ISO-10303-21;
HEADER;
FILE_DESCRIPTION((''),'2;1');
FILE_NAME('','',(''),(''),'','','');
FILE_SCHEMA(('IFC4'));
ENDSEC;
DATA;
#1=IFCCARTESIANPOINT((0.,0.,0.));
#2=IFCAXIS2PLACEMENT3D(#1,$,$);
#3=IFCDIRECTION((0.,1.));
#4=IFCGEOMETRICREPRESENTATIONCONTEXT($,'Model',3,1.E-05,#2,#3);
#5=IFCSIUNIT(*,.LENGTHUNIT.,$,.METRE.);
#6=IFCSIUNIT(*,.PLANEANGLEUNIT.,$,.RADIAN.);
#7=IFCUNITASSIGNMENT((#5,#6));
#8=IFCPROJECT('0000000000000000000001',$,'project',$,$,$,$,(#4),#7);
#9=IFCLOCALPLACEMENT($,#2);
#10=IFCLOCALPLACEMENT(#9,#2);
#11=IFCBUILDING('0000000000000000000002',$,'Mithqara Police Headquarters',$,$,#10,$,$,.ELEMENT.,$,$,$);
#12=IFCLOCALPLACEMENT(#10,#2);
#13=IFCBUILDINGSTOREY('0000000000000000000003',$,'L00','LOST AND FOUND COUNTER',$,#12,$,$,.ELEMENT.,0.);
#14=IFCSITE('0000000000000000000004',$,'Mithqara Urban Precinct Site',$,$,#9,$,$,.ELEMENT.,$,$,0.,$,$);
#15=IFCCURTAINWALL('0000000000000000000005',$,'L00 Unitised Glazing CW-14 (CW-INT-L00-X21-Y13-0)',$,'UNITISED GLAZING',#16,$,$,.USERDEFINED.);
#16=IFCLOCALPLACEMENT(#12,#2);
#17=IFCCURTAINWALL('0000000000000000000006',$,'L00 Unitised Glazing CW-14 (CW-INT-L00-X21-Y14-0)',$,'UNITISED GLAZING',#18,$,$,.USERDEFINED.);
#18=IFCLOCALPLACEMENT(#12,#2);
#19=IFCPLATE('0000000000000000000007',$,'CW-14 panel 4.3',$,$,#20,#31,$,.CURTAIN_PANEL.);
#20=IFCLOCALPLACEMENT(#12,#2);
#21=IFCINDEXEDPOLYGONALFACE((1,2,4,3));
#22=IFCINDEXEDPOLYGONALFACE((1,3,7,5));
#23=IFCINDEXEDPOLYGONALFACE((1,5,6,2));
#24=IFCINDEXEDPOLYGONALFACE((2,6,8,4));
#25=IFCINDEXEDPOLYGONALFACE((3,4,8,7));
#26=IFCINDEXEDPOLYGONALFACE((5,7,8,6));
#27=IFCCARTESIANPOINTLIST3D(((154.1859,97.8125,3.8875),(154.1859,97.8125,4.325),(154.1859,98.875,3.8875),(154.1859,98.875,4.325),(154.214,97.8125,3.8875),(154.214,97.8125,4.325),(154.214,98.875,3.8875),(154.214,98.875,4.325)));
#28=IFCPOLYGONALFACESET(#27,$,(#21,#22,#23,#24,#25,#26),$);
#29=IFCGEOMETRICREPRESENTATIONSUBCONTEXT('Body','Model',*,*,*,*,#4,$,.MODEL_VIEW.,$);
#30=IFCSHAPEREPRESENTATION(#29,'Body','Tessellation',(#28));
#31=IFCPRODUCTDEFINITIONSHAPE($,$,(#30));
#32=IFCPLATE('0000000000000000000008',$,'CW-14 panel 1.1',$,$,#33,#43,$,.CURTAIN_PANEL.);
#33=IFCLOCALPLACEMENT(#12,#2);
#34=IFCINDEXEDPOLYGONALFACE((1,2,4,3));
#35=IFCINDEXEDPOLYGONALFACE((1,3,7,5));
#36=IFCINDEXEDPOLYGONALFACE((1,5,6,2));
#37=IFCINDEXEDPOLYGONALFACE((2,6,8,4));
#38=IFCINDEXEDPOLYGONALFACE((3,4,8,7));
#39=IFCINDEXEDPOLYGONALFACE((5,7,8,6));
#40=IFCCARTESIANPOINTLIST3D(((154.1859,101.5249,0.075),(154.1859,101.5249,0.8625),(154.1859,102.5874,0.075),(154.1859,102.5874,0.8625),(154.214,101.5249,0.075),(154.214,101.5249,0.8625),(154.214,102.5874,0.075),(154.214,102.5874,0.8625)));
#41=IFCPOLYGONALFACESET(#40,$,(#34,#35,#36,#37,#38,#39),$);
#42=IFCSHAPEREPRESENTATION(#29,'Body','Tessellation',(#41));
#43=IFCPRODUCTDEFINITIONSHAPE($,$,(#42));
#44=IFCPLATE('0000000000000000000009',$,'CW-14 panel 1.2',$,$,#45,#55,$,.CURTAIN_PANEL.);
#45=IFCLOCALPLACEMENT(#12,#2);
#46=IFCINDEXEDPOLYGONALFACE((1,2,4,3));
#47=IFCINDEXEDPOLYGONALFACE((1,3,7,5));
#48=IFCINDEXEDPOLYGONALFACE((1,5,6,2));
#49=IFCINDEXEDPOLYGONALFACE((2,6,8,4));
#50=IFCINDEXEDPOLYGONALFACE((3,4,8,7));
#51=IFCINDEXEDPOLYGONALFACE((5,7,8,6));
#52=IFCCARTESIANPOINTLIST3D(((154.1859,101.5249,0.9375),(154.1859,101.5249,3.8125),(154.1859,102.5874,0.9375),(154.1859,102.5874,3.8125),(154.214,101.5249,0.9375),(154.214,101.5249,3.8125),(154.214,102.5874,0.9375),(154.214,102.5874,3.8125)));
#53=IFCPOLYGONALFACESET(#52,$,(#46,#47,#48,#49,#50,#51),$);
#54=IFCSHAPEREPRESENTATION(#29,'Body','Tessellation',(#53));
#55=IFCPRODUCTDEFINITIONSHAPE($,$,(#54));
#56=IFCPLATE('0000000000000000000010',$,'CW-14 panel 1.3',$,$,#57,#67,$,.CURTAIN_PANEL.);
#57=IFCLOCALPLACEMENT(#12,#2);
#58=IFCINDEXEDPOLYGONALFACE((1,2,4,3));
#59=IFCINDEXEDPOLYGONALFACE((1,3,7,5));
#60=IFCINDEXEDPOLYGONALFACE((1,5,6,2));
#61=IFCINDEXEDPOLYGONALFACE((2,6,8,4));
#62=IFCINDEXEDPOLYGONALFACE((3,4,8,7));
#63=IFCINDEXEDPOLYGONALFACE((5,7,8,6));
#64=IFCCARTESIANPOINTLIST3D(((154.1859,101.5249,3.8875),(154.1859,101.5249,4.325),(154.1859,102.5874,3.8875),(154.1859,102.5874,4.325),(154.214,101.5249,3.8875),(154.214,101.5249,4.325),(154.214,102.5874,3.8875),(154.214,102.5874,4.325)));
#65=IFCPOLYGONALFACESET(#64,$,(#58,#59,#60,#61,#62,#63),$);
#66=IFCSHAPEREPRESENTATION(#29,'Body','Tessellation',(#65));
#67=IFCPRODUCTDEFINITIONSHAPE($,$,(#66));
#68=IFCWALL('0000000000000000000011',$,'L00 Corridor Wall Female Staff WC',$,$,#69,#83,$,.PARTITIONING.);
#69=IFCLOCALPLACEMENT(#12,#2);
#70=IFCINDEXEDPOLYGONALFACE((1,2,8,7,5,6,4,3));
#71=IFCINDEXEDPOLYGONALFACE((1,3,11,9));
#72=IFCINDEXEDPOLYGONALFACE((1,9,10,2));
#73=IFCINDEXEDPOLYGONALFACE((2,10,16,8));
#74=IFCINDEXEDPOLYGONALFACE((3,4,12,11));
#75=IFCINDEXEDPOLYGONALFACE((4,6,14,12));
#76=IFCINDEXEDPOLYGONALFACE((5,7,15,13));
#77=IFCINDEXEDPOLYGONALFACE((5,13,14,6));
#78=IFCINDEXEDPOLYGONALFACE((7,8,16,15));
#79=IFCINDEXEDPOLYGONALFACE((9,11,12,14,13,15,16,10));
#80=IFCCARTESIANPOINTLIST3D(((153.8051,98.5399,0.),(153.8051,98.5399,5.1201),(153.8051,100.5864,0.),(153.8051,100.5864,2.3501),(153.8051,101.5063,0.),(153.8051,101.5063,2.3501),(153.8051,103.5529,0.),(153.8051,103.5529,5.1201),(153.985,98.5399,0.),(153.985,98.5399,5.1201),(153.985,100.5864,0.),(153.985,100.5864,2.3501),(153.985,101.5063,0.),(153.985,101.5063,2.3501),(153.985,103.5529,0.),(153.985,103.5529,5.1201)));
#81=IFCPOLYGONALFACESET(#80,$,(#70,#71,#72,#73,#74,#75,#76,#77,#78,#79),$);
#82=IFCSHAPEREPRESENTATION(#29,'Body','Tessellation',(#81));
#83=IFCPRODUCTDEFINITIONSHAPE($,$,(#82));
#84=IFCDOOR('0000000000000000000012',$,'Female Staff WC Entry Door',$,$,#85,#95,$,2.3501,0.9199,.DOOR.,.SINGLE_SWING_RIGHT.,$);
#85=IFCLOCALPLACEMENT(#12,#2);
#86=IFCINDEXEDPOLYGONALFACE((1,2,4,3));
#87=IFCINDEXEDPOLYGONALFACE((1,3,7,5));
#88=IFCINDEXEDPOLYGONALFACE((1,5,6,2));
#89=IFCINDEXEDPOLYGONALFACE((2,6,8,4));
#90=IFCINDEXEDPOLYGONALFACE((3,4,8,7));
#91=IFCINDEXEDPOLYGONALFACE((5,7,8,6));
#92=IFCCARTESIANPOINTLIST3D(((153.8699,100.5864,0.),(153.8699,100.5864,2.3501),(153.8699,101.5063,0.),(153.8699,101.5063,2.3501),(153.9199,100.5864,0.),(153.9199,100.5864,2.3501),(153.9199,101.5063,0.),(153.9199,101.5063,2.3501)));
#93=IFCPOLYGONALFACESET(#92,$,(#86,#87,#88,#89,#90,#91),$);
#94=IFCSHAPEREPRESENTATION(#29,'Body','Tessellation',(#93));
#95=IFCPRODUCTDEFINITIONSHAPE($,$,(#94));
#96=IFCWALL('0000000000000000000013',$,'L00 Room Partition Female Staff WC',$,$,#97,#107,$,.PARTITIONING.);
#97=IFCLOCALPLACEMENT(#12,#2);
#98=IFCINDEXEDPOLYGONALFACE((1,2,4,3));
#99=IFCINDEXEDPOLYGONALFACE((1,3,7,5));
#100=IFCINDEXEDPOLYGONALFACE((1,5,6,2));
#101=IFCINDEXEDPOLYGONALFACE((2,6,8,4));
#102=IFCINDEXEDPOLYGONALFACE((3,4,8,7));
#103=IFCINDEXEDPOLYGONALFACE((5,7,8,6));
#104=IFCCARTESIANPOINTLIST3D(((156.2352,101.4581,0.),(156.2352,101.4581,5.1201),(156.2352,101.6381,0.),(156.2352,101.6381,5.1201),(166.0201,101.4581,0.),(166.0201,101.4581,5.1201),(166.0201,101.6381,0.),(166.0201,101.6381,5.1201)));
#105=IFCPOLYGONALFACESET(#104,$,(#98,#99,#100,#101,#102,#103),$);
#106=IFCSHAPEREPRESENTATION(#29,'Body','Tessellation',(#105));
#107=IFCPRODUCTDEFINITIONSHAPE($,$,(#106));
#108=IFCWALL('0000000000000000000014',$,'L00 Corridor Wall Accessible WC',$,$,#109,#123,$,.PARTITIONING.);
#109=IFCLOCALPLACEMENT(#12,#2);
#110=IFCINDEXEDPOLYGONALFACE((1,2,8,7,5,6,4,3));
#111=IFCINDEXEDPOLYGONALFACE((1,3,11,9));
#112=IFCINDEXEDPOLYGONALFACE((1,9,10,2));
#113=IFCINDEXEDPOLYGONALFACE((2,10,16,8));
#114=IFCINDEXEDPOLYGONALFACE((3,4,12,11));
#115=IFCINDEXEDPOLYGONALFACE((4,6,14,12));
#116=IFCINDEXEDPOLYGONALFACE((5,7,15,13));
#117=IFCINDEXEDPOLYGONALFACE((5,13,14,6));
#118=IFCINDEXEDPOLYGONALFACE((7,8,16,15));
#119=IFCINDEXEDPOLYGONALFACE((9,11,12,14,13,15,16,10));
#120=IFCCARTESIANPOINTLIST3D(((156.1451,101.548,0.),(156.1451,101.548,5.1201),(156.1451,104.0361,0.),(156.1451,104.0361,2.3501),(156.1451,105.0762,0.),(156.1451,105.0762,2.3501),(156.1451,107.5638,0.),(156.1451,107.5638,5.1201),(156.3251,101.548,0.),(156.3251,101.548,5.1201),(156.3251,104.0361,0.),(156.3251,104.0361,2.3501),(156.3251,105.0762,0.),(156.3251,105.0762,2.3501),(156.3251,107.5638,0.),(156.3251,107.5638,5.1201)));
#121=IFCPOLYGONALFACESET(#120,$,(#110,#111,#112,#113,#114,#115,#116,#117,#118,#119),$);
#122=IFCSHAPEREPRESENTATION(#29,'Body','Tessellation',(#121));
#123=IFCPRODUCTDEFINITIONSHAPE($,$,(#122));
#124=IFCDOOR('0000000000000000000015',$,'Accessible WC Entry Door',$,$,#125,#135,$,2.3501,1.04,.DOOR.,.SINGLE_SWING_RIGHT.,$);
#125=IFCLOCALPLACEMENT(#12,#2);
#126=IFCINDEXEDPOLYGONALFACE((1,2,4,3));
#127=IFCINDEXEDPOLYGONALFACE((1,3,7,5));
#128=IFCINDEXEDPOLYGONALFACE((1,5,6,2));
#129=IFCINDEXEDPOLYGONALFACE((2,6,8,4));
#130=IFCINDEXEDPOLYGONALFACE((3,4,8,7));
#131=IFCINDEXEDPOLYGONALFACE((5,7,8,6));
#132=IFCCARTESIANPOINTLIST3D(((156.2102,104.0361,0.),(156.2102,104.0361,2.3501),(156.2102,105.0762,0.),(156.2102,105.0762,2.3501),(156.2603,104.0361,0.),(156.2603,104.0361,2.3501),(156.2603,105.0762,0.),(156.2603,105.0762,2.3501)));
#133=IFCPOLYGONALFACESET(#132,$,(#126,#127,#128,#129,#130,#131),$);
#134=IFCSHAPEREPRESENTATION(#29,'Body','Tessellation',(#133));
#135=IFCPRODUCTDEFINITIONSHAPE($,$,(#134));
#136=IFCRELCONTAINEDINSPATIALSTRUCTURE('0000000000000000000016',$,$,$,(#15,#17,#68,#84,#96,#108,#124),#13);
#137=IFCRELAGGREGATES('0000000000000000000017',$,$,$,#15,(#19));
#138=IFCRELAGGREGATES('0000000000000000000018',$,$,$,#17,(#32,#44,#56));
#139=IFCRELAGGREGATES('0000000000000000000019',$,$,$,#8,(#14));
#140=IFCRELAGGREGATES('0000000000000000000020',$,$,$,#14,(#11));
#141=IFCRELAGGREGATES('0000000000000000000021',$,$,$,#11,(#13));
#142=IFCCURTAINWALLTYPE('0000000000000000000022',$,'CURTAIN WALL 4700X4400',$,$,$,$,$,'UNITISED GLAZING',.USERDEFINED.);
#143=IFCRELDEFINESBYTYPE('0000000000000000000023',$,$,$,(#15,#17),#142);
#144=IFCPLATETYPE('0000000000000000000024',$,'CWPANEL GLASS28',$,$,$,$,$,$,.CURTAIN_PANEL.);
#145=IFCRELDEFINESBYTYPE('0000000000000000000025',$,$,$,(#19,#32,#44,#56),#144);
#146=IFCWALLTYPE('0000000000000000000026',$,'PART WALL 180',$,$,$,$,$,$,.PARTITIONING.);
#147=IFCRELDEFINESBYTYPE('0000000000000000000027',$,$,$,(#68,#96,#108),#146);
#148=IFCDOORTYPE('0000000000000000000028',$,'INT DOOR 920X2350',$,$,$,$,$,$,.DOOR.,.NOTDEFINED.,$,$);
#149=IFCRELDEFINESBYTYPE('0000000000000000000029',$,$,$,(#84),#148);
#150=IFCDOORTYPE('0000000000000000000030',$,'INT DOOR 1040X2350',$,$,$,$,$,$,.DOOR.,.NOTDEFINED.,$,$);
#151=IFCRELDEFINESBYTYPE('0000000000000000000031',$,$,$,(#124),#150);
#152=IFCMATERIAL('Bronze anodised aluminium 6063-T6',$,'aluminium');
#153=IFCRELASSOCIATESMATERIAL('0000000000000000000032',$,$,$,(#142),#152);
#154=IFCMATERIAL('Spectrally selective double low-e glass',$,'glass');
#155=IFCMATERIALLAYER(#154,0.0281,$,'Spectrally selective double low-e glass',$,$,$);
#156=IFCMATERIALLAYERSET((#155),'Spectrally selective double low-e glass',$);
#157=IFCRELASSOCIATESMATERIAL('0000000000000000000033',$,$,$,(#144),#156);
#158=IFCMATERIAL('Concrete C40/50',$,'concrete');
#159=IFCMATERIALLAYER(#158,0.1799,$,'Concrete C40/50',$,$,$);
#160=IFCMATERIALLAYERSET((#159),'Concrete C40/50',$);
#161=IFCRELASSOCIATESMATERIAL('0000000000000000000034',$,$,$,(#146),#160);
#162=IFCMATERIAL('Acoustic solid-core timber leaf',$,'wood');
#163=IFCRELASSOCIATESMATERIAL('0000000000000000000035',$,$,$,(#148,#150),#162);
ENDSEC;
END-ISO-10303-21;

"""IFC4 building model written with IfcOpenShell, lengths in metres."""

from ifc_helpers import new_model, si_unit, direction, frame, frame_2d, origin, origin_2d, place, context, subcontext, project, spatial, rectangle, extrude, material, layer, layer_set, type_object, element, fill, aggregate, save


model = new_model("IFC4")

# Units and contexts
model_context = context("Model", 3, precision=1e-05, world=origin(), true_north=direction((0.0, 1.0)))
body_context = subcontext(model_context, "Body", "Model", "MODEL_VIEW")
ifc_project = project(units=[si_unit("LENGTHUNIT", "METRE"), si_unit("PLANEANGLEUNIT", "RADIAN")], contexts=[model_context])

# Site, building, storey
site_placement = place(None, origin())
site = spatial("IfcSite", under=ifc_project, at=site_placement, Name="Mithqara Urban Precinct Site", CompositionType="ELEMENT", RefElevation=0.0)
building_placement = place(site_placement, origin())
building = spatial("IfcBuilding", under=site, at=building_placement, Name="Mithqara Police Headquarters", CompositionType="ELEMENT")
storey_placement = place(building_placement, origin())
storey = spatial("IfcBuildingStorey", under=building, at=storey_placement, Name="L00", Description="LOST AND FOUND COUNTER", CompositionType="ELEMENT", Elevation=0.0)

# Shared definitions
ifc_material_1 = material(Name="Concrete C40/50", Category="concrete")

# Curtain walls
ifc_material_2 = material(Name="Bronze anodised aluminium 6063-T6", Category="aluminium")
curtain_wall_type = type_object("IfcCurtainWallType", Name="CURTAIN WALL 4700X4400", ElementType="UNITISED GLAZING", PredefinedType="USERDEFINED", material=ifc_material_2)
curtain_wall_1_placement = place(storey_placement, origin())
curtain_wall_1 = element("IfcCurtainWall", 1, at=curtain_wall_1_placement, inside=storey, type_object=curtain_wall_type, Name="L00 Unitised Glazing CW-14 (CW-INT-L00-X21-Y13-0)", ObjectType="UNITISED GLAZING", PredefinedType="USERDEFINED")
curtain_wall_2_placement = place(storey_placement, origin())
curtain_wall_2 = element("IfcCurtainWall", 2, at=curtain_wall_2_placement, inside=storey, type_object=curtain_wall_type, Name="L00 Unitised Glazing CW-14 (CW-INT-L00-X21-Y14-0)", ObjectType="UNITISED GLAZING", PredefinedType="USERDEFINED")

# Plates
ifc_material_3 = material(Name="Spectrally selective double low-e glass", Category="glass")
ifc_layer_1 = layer(ifc_material_3, 0.0281, Name="Spectrally selective double low-e glass")
ifc_layer_set_1 = layer_set([ifc_layer_1], Name="Spectrally selective double low-e glass")
plate_type = type_object("IfcPlateType", Name="CWPANEL GLASS28", PredefinedType="CURTAIN_PANEL", material=ifc_layer_set_1)
plate_1_placement = place(storey_placement, frame((154.2, 98.3438, 3.8875), z_axis=(0.0, 0.0, 1.0), x_axis=(0.0, 1.0, 0.0)))
plate_1 = element("IfcPlate", 3, at=plate_1_placement, type_object=plate_type, Name="CW-14 panel 4.3", PredefinedType="CURTAIN_PANEL", context=body_context, shape_type="SweptSolid", body=[
    extrude(rectangle(XDim=1.0625, YDim=0.0281, at=origin_2d()), origin(), (0.0, 0.0, 1.0), 0.4375),
])
aggregate(curtain_wall_1, [plate_1])
plate_2_placement = place(storey_placement, frame((154.2, 102.0562, 0.075), z_axis=(0.0, 0.0, 1.0), x_axis=(0.0, 1.0, 0.0)))
plate_2 = element("IfcPlate", 4, at=plate_2_placement, type_object=plate_type, Name="CW-14 panel 1.1", PredefinedType="CURTAIN_PANEL", context=body_context, shape_type="SweptSolid", body=[
    extrude(rectangle(XDim=1.0625, YDim=0.0281, at=origin_2d()), origin(), (0.0, 0.0, 1.0), 0.7876),
])
plate_3_placement = place(storey_placement, frame((154.2, 102.0562, 0.9375), z_axis=(0.0, 0.0, 1.0), x_axis=(0.0, 1.0, 0.0)))
plate_3 = element("IfcPlate", 5, at=plate_3_placement, type_object=plate_type, Name="CW-14 panel 1.2", PredefinedType="CURTAIN_PANEL", context=body_context, shape_type="SweptSolid", body=[
    extrude(rectangle(XDim=1.0625, YDim=0.0281, at=origin_2d()), origin(), (0.0, 0.0, 1.0), 2.875),
])
plate_4_placement = place(storey_placement, frame((154.2, 102.0562, 3.8875), z_axis=(0.0, 0.0, 1.0), x_axis=(0.0, 1.0, 0.0)))
plate_4 = element("IfcPlate", 6, at=plate_4_placement, type_object=plate_type, Name="CW-14 panel 1.3", PredefinedType="CURTAIN_PANEL", context=body_context, shape_type="SweptSolid", body=[
    extrude(rectangle(XDim=1.0625, YDim=0.0281, at=origin_2d()), origin(), (0.0, 0.0, 1.0), 0.4375),
])
aggregate(curtain_wall_2, [plate_2, plate_3, plate_4])

# Wall, opening, door
ifc_layer_2 = layer(ifc_material_1, 0.1799, Name="Concrete C40/50")
ifc_layer_set_2 = layer_set([ifc_layer_2], Name="Concrete C40/50")
wall_type = type_object("IfcWallType", Name="PART WALL 180", PredefinedType="PARTITIONING", material=ifc_layer_set_2)
wall_1_placement = place(storey_placement, frame((153.895, 98.54, 0.0), z_axis=(0.0, 0.0, 1.0), x_axis=(0.0, 1.0, 0.0)))
wall_1 = element("IfcWall", 7, at=wall_1_placement, inside=storey, type_object=wall_type, Name="L00 Corridor Wall Female Staff WC", PredefinedType="PARTITIONING", context=body_context, shape_type="SweptSolid", body=[
    extrude(rectangle(XDim=5.0129, YDim=0.1799, at=frame_2d((2.5063, 0.0))), origin(), (0.0, 0.0, 1.0), 5.1201),
])
opening_1_placement = place(wall_1_placement, frame((2.0464, 0.0, 0.0)))
opening_1 = element("IfcOpeningElement", 8, at=opening_1_placement, cuts=wall_1, PredefinedType="OPENING", context=body_context, shape_type="SweptSolid", body=[
    extrude(rectangle(XDim=0.9199, YDim=2.3501, at=frame_2d((0.46, 1.175))), frame((0.0, 0.1001, 0.0), z_axis=(0.0, -1.0, 0.0), x_axis=(1.0, 0.0, 0.0)), (0.0, 0.0, 1.0), 0.2),
])
ifc_material_4 = material(Name="Acoustic solid-core timber leaf", Category="wood")
door_type_1 = type_object("IfcDoorType", Name="INT DOOR 920X2350", OperationType="NOTDEFINED", PredefinedType="DOOR", material=ifc_material_4)
door_1_placement = place(opening_1_placement, frame((0.9199, 0.0, 0.0), z_axis=(0.0, 0.0, 1.0), x_axis=(-1.0, 0.0, 0.0)))
door_1 = element("IfcDoor", 9, at=door_1_placement, inside=storey, type_object=door_type_1, Name="Female Staff WC Entry Door", OperationType="SINGLE_SWING_RIGHT", OverallHeight=2.3501, OverallWidth=0.9199, PredefinedType="DOOR", context=body_context, shape_type="SweptSolid", body=[
    extrude(rectangle(XDim=0.9199, YDim=2.3501, at=frame_2d((0.46, 1.175))), frame((0.0, 0.0249, 0.0), z_axis=(0.0, -1.0, 0.0), x_axis=(1.0, 0.0, 0.0)), (0.0, 0.0, 1.0), 0.05),
])
fill(opening_1, door_1)

# Wall
wall_2_placement = place(storey_placement, frame((156.2351, 101.5481, 0.0), z_axis=(0.0, 0.0, 1.0), x_axis=(1.0, 0.0, 0.0)))
element("IfcWall", 10, at=wall_2_placement, inside=storey, type_object=wall_type, Name="L00 Room Partition Female Staff WC", PredefinedType="PARTITIONING", context=body_context, shape_type="SweptSolid", body=[
    extrude(rectangle(XDim=9.7849, YDim=0.1799, at=frame_2d((4.8926, 0.0))), origin(), (0.0, 0.0, 1.0), 5.1201),
])

# Wall, opening, door
wall_3_placement = place(storey_placement, frame((156.2351, 101.5481, 0.0), z_axis=(0.0, 0.0, 1.0), x_axis=(0.0, 1.0, 0.0)))
wall_3 = element("IfcWall", 11, at=wall_3_placement, inside=storey, type_object=wall_type, Name="L00 Corridor Wall Accessible WC", PredefinedType="PARTITIONING", context=body_context, shape_type="SweptSolid", body=[
    extrude(rectangle(XDim=6.0159, YDim=0.1799, at=frame_2d((3.0078, 0.0))), origin(), (0.0, 0.0, 1.0), 5.1201),
])
opening_2_placement = place(wall_3_placement, frame((2.488, 0.0, 0.0)))
opening_2 = element("IfcOpeningElement", 12, at=opening_2_placement, cuts=wall_3, PredefinedType="OPENING", context=body_context, shape_type="SweptSolid", body=[
    extrude(rectangle(XDim=1.04, YDim=2.3501, at=frame_2d((0.52, 1.175))), frame((0.0, 0.1001, 0.0), z_axis=(0.0, -1.0, 0.0), x_axis=(1.0, 0.0, 0.0)), (0.0, 0.0, 1.0), 0.2),
])
door_type_2 = type_object("IfcDoorType", Name="INT DOOR 1040X2350", OperationType="NOTDEFINED", PredefinedType="DOOR", material=ifc_material_4)
door_2_placement = place(opening_2_placement, origin())
door_2 = element("IfcDoor", 13, at=door_2_placement, inside=storey, type_object=door_type_2, Name="Accessible WC Entry Door", OperationType="SINGLE_SWING_RIGHT", OverallHeight=2.3501, OverallWidth=1.04, PredefinedType="DOOR", context=body_context, shape_type="SweptSolid", body=[
    extrude(rectangle(XDim=1.04, YDim=2.3501, at=frame_2d((0.52, 1.175))), frame((0.0, 0.0249, 0.0), z_axis=(0.0, -1.0, 0.0), x_axis=(1.0, 0.0, 0.0)), (0.0, 0.0, 1.0), 0.05),
])
fill(opening_2, door_2)

save(model, "model.ifc")
